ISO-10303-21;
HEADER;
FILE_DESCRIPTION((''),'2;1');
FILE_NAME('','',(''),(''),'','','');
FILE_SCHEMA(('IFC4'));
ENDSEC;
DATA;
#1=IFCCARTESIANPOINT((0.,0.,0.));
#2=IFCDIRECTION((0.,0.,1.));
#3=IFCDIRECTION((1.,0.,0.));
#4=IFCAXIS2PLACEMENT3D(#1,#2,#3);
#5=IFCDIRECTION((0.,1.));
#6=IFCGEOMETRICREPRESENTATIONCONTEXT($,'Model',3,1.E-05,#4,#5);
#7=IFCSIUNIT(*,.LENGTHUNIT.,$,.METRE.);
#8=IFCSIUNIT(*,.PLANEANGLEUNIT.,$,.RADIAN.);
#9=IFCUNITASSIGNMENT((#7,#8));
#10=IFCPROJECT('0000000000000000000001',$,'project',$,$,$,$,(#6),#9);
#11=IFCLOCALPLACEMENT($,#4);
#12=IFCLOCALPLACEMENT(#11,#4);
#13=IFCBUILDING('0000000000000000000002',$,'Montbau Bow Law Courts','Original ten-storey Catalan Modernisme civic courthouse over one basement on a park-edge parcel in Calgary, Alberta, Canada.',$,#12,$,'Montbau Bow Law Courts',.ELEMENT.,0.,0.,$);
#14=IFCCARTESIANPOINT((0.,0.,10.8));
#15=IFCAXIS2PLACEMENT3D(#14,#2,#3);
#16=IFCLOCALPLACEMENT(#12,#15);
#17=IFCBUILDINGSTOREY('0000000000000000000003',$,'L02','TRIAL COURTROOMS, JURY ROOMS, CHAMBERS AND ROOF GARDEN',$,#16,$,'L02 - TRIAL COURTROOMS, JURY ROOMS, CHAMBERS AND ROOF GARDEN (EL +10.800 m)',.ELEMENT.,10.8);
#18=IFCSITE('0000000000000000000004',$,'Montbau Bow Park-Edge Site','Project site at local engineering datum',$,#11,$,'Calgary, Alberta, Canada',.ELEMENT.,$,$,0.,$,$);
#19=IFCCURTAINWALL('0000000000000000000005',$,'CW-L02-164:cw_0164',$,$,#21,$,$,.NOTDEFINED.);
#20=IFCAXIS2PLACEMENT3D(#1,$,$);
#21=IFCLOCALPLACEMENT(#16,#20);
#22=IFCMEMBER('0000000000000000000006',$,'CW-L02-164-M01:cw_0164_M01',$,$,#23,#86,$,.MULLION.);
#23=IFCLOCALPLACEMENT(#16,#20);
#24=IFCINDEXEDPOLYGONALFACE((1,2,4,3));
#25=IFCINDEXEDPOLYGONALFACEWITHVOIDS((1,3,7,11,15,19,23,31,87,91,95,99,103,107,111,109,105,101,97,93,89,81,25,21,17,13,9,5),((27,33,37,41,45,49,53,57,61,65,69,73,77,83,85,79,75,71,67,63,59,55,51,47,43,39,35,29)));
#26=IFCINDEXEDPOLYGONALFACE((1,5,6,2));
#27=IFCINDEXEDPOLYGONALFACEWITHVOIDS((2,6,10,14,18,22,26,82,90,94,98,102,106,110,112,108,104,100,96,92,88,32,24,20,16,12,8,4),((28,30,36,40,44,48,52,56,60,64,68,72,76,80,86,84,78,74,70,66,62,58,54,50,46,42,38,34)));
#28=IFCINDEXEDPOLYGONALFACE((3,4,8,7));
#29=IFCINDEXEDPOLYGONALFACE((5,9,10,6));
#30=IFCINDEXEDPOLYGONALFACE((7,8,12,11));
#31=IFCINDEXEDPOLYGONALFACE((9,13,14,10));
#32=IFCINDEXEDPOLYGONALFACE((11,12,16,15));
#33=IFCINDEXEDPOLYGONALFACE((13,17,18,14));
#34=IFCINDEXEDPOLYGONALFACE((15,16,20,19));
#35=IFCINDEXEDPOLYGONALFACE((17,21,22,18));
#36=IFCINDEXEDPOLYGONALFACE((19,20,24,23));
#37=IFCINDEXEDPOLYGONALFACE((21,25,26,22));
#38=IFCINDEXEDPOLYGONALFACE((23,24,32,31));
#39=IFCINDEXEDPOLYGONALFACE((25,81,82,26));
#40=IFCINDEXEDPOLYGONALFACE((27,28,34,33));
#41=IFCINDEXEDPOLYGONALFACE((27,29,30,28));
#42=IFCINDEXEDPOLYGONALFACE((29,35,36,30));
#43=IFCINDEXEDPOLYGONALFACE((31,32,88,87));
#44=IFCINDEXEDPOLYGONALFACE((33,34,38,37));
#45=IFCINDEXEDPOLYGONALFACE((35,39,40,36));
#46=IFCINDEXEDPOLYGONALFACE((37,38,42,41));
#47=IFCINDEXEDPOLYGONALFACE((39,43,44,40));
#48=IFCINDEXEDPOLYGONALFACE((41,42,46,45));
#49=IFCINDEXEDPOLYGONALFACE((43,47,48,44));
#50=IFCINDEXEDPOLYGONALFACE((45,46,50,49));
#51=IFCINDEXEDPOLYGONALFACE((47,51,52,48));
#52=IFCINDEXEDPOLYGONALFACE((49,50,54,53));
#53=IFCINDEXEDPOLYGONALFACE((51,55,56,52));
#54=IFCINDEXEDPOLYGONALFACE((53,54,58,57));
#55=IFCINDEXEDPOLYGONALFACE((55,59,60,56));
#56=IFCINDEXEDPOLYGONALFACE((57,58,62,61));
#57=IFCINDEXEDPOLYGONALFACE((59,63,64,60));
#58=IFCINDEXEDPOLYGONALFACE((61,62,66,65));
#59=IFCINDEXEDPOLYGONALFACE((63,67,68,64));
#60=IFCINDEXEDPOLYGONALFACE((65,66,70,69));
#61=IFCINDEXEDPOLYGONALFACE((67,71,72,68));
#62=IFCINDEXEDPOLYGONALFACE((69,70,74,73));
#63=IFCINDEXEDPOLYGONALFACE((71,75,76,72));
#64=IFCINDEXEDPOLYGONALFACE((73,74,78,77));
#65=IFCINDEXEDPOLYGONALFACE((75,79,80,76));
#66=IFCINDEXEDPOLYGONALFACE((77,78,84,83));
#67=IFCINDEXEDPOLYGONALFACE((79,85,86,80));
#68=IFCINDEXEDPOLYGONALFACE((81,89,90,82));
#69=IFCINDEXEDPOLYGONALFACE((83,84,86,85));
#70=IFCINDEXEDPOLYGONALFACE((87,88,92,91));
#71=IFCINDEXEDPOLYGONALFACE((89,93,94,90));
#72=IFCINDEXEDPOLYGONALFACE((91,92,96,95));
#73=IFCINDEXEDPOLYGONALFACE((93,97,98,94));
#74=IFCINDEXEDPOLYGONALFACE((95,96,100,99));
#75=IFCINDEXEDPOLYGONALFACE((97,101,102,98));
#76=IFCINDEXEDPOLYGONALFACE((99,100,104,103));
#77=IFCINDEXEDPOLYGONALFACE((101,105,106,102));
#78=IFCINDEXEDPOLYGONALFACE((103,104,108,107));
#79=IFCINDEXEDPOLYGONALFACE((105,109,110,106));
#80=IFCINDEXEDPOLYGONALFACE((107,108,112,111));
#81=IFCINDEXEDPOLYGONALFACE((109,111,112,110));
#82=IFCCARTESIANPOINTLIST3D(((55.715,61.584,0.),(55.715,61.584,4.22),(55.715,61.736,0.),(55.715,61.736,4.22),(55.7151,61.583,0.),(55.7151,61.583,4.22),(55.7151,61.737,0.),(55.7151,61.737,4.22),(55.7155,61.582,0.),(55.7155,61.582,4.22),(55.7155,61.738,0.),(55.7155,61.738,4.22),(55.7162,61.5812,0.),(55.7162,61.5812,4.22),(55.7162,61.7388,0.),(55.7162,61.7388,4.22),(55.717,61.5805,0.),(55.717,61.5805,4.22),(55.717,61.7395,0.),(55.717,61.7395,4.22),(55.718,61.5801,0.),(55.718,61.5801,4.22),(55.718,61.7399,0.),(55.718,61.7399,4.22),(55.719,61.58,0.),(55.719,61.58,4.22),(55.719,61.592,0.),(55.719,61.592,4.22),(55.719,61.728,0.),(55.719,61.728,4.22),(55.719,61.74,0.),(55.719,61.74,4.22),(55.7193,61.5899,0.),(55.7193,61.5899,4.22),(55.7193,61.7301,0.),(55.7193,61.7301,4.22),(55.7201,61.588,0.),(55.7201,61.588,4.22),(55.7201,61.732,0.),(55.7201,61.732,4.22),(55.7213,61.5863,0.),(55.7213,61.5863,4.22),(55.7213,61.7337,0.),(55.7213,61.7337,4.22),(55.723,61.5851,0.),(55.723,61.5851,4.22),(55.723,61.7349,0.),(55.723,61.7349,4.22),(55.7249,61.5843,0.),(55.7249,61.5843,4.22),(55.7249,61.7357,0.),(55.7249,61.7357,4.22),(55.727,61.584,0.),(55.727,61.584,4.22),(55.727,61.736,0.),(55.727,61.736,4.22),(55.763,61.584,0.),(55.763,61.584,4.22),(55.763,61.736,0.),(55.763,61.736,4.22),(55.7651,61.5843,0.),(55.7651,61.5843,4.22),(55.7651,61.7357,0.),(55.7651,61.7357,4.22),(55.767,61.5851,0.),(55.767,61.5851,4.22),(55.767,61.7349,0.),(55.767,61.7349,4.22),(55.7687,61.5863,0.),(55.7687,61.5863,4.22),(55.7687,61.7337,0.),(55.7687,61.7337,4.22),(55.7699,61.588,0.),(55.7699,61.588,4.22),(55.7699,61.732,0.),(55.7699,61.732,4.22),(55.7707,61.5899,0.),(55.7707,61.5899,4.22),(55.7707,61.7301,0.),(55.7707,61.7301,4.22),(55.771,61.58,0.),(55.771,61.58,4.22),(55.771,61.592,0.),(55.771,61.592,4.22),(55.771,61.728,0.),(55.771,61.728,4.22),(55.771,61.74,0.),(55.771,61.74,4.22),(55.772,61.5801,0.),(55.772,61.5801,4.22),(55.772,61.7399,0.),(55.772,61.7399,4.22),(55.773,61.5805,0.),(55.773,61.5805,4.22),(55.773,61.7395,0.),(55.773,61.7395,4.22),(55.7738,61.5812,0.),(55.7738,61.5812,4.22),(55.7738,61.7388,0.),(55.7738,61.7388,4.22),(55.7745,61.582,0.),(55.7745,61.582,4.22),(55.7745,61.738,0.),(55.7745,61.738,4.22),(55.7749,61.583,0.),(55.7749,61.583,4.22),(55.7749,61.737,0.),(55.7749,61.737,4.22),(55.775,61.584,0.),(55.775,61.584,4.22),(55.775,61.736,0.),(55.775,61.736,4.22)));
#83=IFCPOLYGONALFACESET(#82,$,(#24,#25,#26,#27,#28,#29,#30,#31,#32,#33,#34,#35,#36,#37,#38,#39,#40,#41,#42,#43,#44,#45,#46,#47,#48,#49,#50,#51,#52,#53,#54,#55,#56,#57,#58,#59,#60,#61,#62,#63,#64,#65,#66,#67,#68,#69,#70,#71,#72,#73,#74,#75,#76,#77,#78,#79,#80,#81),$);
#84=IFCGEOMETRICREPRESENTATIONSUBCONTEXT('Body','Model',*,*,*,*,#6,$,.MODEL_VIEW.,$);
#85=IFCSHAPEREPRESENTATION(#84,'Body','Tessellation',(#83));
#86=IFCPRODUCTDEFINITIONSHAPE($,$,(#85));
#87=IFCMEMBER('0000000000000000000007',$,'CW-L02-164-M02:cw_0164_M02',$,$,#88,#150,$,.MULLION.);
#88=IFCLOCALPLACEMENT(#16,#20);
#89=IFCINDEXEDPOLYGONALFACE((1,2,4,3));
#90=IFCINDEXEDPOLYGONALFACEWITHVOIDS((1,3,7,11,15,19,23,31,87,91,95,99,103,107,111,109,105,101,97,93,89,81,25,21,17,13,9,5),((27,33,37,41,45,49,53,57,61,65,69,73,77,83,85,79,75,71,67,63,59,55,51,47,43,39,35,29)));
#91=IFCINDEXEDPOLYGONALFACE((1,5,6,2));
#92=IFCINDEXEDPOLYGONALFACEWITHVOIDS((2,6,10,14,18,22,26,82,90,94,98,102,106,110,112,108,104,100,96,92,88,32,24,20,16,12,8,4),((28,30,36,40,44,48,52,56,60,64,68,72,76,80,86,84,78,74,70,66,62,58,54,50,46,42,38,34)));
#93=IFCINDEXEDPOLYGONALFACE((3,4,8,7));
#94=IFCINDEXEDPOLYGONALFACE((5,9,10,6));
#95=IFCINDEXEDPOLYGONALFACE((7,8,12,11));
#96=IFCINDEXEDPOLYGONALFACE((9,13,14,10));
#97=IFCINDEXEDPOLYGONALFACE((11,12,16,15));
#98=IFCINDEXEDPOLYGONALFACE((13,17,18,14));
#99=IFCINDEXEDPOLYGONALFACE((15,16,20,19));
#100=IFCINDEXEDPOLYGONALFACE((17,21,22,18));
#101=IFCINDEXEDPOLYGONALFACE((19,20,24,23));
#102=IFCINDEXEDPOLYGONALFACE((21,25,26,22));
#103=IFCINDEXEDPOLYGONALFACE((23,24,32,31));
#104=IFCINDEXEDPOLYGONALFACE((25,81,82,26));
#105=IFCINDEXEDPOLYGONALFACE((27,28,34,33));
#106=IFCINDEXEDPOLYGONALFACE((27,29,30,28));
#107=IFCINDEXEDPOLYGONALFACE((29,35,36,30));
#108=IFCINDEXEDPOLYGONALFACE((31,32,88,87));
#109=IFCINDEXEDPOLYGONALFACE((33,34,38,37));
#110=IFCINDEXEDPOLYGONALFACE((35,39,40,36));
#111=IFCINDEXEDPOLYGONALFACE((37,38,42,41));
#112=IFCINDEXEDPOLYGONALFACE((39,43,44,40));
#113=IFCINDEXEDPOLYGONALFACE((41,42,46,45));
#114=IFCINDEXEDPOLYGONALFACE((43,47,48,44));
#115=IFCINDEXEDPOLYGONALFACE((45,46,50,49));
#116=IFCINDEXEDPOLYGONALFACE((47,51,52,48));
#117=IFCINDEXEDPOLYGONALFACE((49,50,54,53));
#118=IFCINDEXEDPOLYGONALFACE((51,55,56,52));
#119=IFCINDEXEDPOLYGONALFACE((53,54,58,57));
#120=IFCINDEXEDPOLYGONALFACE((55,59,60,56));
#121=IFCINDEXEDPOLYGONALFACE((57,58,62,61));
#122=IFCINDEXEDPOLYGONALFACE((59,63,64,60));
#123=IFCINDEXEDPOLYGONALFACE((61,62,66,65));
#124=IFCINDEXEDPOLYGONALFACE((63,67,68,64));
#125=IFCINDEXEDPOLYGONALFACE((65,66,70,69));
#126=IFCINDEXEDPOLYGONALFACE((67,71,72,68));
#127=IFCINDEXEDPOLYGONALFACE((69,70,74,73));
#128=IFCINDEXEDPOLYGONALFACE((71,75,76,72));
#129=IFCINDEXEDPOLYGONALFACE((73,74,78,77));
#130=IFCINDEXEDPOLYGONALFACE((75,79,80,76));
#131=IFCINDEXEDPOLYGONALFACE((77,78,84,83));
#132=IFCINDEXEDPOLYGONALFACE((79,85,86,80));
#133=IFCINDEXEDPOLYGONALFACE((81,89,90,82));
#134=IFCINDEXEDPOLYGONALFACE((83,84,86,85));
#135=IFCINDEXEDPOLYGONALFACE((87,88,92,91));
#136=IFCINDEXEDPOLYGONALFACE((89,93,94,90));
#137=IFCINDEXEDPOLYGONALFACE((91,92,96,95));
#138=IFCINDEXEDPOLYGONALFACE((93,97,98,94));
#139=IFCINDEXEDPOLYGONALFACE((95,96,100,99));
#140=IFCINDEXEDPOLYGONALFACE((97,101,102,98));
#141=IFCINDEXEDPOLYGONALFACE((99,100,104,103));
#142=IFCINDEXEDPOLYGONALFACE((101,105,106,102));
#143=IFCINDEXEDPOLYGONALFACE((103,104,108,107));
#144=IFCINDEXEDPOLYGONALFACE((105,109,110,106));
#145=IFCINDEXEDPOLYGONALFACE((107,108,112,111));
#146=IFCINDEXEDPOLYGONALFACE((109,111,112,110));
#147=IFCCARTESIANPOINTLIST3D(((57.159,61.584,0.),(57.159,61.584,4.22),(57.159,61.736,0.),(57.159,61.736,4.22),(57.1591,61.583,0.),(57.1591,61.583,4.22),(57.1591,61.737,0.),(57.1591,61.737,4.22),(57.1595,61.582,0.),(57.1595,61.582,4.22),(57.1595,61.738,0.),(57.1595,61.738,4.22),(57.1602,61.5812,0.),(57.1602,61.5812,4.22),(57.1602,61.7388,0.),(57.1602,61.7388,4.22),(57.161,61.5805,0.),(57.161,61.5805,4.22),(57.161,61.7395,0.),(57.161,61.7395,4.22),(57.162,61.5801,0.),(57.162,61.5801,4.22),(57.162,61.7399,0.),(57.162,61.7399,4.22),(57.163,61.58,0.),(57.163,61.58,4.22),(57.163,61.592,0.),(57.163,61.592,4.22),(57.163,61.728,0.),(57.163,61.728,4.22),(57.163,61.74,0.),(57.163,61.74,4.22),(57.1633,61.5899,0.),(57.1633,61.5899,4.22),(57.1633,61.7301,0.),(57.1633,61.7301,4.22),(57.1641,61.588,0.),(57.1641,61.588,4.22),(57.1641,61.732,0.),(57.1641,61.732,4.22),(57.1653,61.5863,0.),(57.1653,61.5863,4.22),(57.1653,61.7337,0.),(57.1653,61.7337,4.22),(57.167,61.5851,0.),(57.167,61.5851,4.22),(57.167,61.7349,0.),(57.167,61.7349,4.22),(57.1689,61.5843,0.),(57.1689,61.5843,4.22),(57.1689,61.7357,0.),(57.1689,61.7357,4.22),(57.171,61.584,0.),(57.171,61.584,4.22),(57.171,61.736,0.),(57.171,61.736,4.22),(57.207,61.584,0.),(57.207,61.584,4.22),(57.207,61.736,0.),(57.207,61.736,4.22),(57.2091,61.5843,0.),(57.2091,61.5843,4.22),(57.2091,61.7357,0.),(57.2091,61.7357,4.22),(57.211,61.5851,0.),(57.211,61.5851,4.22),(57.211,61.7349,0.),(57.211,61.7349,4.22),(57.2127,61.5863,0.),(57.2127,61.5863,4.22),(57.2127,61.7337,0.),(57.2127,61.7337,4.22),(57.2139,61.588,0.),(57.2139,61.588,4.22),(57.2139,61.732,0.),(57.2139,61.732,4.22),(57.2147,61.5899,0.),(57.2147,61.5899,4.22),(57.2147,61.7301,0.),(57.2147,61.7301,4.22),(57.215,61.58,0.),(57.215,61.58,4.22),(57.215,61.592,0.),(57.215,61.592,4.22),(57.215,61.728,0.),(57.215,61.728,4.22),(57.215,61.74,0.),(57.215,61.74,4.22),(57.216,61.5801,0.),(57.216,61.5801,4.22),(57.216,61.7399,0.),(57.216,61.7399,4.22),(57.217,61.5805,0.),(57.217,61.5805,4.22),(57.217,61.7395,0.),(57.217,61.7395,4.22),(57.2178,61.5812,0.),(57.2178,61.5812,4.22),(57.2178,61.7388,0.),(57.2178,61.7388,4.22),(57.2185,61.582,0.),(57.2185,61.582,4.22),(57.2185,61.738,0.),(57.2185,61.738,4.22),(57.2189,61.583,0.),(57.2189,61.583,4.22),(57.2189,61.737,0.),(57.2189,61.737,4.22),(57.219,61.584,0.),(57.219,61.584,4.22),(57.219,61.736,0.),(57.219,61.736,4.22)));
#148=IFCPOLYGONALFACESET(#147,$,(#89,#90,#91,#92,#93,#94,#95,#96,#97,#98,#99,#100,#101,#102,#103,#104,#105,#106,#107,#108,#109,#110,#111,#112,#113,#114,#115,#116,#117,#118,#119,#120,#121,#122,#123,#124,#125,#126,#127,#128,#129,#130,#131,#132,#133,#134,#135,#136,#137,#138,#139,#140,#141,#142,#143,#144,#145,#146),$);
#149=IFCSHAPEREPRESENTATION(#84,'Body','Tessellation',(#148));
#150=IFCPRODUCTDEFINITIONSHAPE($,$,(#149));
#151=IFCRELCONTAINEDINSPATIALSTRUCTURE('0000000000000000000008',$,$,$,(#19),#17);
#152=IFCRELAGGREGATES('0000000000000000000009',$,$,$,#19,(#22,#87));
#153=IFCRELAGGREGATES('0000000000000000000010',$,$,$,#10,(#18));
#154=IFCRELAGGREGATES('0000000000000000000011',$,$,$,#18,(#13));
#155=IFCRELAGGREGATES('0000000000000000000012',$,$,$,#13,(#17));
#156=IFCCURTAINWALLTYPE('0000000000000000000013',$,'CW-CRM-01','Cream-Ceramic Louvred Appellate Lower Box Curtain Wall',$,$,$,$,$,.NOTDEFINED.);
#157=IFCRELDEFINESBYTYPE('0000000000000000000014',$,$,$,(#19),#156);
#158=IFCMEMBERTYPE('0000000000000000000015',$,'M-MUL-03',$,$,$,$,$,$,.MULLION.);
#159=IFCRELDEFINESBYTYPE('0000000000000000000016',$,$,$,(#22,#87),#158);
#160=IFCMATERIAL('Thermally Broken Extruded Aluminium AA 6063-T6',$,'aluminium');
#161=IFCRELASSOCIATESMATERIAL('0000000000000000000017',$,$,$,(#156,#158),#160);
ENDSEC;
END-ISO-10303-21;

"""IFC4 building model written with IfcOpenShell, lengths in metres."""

from ifc_helpers import new_model, si_unit, direction, frame, origin_with_axes, origin_2d_with_axis, place, context, subcontext, project, spatial, hollow_rectangle, extrude, material, material_profile, profile_set, type_object, element, aggregate, save


model = new_model("IFC4")

# Units and contexts
model_context = context("Model", 3, precision=1e-05, world=origin_with_axes(), true_north=direction((0.0, 1.0)))
body_context = subcontext(model_context, "Body", "Model", "MODEL_VIEW")
ifc_project = project(units=[si_unit("LENGTHUNIT", "METRE"), si_unit("PLANEANGLEUNIT", "RADIAN")], contexts=[model_context])

# Site, building, storey
site_placement = place(None, origin_with_axes())
site = spatial("IfcSite", under=ifc_project, at=site_placement, Name="Montbau Bow Park-Edge Site", Description="Project site at local engineering datum", LongName="Calgary, Alberta, Canada", CompositionType="ELEMENT", RefElevation=0.0)
building_placement = place(site_placement, origin_with_axes())
building = spatial("IfcBuilding", under=site, at=building_placement, Name="Montbau Bow Law Courts", Description="Original ten-storey Catalan Modernisme civic courthouse over one basement on a park-edge parcel in Calgary, Alberta, Canada.", LongName="Montbau Bow Law Courts", CompositionType="ELEMENT", ElevationOfRefHeight=0.0, ElevationOfTerrain=0.0)
storey_placement = place(building_placement, frame((0.0, 0.0, 10.8), z_axis=(0.0, 0.0, 1.0), x_axis=(1.0, 0.0, 0.0)))
storey = spatial("IfcBuildingStorey", under=building, at=storey_placement, Name="L02", Description="TRIAL COURTROOMS, JURY ROOMS, CHAMBERS AND ROOF GARDEN", LongName="L02 - TRIAL COURTROOMS, JURY ROOMS, CHAMBERS AND ROOF GARDEN (EL +10.800 m)", CompositionType="ELEMENT", Elevation=10.8)

# Curtain wall, members
ifc_material_1 = material(Name="Thermally Broken Extruded Aluminium AA 6063-T6", Category="aluminium")
curtain_wall_type = type_object("IfcCurtainWallType", Name="CW-CRM-01", Description="Cream-Ceramic Louvred Appellate Lower Box Curtain Wall", PredefinedType="NOTDEFINED", material=ifc_material_1)
curtain_wall_1_placement = place(None, frame((55.715, 61.66, 10.8), z_axis=(0.0, 0.0, 1.0), x_axis=(1.0, 0.0, 0.0)))
curtain_wall_1 = element("IfcCurtainWall", 1, at=curtain_wall_1_placement, inside=storey, type_object=curtain_wall_type, Name="CW-L02-164:cw_0164", PredefinedType="NOTDEFINED")
ifc_material_profile_1 = material_profile(ifc_material_1, hollow_rectangle(XDim=0.06, YDim=0.16, WallThickness=0.004, InnerFilletRadius=0.008, OuterFilletRadius=0.004, at=origin_2d_with_axis()), Name="CWM-160X60", Category="Main", Priority=0)
ifc_profile_set_1 = profile_set([ifc_material_profile_1], Name="Thermally Broken Extruded Aluminium AA 6063-T6")
member_type_1 = type_object("IfcMemberType", Name="M-MUL-03", PredefinedType="MULLION", material=ifc_profile_set_1)
member_1_placement = place(None, frame((55.745, 61.66, 10.8), z_axis=(0.0, 0.0, 1.0), x_axis=(1.0, 0.0, 0.0)))
member_1 = element("IfcMember", 2, at=member_1_placement, type_object=member_type_1, Name="CW-L02-164-M01:cw_0164_M01", PredefinedType="MULLION", context=body_context, shape_type="SweptSolid", body=[
    extrude(hollow_rectangle(XDim=0.06, YDim=0.16, WallThickness=0.004, InnerFilletRadius=0.008, OuterFilletRadius=0.004, at=origin_2d_with_axis()), origin_with_axes(), (0.0, 0.0, 1.0), 4.22),
])
member_2_placement = place(None, frame((57.189, 61.66, 10.8), z_axis=(0.0, 0.0, 1.0), x_axis=(1.0, 0.0, 0.0)))
member_2 = element("IfcMember", 3, at=member_2_placement, type_object=member_type_1, Name="CW-L02-164-M02:cw_0164_M02", PredefinedType="MULLION", context=body_context, shape_type="SweptSolid", body=[
    extrude(hollow_rectangle(XDim=0.06, YDim=0.16, WallThickness=0.004, InnerFilletRadius=0.008, OuterFilletRadius=0.004, at=origin_2d_with_axis()), origin_with_axes(), (0.0, 0.0, 1.0), 4.22),
])

aggregate(curtain_wall_1, [member_1, member_2])

save(model, "model.ifc")
